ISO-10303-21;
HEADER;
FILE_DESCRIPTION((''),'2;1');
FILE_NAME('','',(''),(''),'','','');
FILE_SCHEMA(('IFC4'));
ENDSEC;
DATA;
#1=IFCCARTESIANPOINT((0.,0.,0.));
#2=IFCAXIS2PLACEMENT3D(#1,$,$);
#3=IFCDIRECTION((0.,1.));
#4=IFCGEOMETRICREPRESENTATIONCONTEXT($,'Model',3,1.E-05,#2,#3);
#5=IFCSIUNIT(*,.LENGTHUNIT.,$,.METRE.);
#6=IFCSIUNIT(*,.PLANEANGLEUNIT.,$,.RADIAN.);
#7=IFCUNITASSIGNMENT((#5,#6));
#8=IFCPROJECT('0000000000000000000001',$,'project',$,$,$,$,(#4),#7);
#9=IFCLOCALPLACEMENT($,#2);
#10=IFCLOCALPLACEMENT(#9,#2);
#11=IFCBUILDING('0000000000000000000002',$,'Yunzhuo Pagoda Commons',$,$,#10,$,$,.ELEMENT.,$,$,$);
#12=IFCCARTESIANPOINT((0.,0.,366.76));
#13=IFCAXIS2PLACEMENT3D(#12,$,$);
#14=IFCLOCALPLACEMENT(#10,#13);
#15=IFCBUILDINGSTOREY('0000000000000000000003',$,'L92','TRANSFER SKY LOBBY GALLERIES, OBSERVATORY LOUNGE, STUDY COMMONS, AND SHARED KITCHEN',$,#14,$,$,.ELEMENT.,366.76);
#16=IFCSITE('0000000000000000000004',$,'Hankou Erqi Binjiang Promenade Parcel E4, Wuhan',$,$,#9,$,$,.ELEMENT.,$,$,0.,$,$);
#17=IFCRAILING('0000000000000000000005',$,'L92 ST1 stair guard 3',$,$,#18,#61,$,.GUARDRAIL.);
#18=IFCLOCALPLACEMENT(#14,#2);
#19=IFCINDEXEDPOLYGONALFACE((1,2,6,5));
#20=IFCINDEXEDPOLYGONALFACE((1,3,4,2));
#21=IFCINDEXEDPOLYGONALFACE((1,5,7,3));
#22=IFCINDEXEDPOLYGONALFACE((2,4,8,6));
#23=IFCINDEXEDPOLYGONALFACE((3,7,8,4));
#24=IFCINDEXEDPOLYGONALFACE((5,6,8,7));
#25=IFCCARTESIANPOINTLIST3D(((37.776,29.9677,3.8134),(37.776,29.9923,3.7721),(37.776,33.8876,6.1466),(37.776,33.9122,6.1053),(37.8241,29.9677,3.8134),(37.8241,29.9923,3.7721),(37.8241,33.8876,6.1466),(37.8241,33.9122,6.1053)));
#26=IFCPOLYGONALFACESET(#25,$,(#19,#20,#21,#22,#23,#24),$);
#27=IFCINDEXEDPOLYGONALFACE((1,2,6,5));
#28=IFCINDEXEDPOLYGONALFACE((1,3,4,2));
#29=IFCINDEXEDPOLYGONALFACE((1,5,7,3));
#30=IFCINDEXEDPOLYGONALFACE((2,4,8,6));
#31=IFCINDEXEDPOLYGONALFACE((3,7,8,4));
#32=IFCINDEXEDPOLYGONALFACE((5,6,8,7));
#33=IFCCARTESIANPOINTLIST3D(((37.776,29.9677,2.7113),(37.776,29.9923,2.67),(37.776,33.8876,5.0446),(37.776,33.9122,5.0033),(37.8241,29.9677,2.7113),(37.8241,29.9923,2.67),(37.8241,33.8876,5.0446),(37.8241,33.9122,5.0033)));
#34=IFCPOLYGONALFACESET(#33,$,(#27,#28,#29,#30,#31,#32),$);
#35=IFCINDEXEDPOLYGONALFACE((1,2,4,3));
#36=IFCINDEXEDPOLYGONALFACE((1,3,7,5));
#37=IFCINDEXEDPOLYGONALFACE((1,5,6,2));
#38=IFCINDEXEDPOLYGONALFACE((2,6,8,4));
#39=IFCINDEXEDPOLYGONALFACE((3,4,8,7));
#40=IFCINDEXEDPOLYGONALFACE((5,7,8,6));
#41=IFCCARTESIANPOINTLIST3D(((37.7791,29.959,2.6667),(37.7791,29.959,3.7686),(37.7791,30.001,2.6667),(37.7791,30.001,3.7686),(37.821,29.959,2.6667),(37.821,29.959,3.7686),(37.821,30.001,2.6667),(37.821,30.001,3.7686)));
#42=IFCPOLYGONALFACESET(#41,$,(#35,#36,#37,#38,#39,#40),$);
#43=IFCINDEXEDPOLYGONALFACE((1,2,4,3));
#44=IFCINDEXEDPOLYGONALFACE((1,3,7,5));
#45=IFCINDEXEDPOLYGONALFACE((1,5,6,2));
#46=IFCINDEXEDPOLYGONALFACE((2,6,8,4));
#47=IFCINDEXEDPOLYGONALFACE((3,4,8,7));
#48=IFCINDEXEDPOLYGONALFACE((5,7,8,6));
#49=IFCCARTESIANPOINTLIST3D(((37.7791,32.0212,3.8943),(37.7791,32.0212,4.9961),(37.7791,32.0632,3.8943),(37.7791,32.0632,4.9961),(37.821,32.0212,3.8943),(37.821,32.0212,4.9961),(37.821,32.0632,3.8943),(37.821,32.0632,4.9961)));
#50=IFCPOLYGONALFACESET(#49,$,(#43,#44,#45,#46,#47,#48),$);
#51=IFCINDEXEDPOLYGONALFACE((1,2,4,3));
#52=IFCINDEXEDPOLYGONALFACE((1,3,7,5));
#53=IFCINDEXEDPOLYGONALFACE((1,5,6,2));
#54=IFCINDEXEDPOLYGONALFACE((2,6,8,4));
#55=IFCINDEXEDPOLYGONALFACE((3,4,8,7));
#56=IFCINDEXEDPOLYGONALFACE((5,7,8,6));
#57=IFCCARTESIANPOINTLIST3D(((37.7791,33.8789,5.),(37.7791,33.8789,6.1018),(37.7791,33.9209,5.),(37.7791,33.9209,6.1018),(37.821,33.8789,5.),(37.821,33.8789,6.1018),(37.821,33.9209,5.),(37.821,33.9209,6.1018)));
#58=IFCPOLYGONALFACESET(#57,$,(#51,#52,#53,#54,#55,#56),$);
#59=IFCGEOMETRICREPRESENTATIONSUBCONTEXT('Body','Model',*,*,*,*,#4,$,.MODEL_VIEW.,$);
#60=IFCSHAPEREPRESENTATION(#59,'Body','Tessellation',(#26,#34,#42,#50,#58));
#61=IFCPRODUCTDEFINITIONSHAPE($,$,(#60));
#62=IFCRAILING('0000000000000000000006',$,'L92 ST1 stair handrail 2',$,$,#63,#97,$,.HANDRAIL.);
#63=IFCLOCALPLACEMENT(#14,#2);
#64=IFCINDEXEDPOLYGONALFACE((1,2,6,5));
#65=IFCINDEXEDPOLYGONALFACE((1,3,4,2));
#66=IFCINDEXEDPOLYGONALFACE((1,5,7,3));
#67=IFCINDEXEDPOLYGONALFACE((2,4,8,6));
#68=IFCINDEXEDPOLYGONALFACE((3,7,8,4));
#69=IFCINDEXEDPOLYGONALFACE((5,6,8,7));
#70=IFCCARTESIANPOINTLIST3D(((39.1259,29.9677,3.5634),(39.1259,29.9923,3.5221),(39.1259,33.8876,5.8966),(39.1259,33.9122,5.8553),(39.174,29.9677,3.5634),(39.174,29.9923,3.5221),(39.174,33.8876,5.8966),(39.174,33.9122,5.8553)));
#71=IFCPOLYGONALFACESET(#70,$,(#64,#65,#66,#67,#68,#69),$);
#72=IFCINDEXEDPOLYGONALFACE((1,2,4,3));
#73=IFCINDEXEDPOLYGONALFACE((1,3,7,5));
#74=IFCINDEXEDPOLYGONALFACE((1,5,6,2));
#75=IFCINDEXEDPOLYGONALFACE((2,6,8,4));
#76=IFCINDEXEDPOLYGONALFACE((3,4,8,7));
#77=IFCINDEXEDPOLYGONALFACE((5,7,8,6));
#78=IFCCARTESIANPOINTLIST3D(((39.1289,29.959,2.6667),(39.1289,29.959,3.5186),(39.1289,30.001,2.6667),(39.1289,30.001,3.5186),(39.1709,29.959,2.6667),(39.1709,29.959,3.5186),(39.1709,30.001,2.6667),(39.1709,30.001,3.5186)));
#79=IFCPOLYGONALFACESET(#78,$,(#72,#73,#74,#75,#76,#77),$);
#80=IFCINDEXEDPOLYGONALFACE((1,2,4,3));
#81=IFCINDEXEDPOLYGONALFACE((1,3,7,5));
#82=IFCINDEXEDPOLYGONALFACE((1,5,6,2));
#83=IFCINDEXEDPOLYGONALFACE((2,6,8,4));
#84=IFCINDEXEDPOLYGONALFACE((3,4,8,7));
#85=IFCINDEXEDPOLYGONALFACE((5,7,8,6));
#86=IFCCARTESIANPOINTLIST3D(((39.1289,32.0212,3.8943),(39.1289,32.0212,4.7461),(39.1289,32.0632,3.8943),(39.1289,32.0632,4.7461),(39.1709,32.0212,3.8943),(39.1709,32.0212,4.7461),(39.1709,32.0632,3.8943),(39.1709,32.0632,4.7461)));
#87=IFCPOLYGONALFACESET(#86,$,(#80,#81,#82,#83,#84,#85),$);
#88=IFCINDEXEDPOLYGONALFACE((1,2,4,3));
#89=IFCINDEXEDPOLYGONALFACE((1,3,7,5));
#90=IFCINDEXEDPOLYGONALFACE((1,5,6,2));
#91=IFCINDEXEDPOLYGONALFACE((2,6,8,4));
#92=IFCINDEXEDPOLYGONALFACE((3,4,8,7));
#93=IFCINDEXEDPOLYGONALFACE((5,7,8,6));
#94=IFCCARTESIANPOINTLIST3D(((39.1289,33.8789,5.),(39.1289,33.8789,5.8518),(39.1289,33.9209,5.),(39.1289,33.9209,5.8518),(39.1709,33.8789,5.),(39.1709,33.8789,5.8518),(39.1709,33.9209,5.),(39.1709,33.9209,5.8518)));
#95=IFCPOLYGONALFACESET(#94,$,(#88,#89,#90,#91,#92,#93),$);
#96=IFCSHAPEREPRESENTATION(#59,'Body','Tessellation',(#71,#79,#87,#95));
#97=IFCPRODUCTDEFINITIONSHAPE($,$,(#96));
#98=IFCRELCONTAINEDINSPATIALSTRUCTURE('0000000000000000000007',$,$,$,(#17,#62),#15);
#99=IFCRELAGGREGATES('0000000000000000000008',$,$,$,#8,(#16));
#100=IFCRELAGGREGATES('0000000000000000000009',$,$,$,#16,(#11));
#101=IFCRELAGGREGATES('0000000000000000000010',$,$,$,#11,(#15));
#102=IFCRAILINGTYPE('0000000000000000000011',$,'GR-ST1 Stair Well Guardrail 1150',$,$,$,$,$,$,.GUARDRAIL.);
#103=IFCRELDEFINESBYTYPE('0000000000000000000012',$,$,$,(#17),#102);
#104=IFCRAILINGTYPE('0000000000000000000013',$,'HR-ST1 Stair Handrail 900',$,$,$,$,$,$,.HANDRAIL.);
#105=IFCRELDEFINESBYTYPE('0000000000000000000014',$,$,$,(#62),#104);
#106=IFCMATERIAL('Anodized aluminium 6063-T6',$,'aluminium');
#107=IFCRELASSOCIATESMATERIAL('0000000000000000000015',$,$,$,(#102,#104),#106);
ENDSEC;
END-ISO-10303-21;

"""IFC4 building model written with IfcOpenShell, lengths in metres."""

from ifc_helpers import new_model, si_unit, direction, frame, origin, origin_2d, place, context, subcontext, project, spatial, rectangle, extrude, material, type_object, element, save


model = new_model("IFC4")

# Units and contexts
model_context = context("Model", 3, precision=1e-05, world=origin(), true_north=direction((0.0, 1.0)))
body_context = subcontext(model_context, "Body", "Model", "MODEL_VIEW")
ifc_project = project(units=[si_unit("LENGTHUNIT", "METRE"), si_unit("PLANEANGLEUNIT", "RADIAN")], contexts=[model_context])

# Site, building, storey
site_placement = place(None, origin())
site = spatial("IfcSite", under=ifc_project, at=site_placement, Name="Hankou Erqi Binjiang Promenade Parcel E4, Wuhan", CompositionType="ELEMENT", RefElevation=0.0)
building_placement = place(site_placement, origin())
building = spatial("IfcBuilding", under=site, at=building_placement, Name="Yunzhuo Pagoda Commons", CompositionType="ELEMENT")
storey_placement = place(building_placement, frame((0.0, 0.0, 366.76)))
storey = spatial("IfcBuildingStorey", under=building, at=storey_placement, Name="L92", Description="TRANSFER SKY LOBBY GALLERIES, OBSERVATORY LOUNGE, STUDY COMMONS, AND SHARED KITCHEN", CompositionType="ELEMENT", Elevation=366.76)

# Shared definitions
ifc_material_1 = material(Name="Anodized aluminium 6063-T6", Category="aluminium")

# Railings
railing_type_1 = type_object("IfcRailingType", Name="GR-ST1 Stair Well Guardrail 1150", PredefinedType="GUARDRAIL", material=ifc_material_1)
railing_1_placement = place(storey_placement, frame((37.8, 29.98, 2.6667)))
element("IfcRailing", 1, at=railing_1_placement, inside=storey, type_object=railing_type_1, Name="L92 ST1 stair guard 3", PredefinedType="GUARDRAIL", context=body_context, shape_type="SweptSolid", body=[
    extrude(rectangle(XDim=0.0481, YDim=0.0481, at=origin_2d()), frame((0.0, 0.0, 1.126), z_axis=(0.0, 0.859296, 0.511478), x_axis=(-1.0, 0.0, 0.0)), (0.0, 0.0, 1.0), 4.5618),
    extrude(rectangle(XDim=0.0481, YDim=0.0481, at=origin_2d()), frame((0.0, 0.0, 0.0239), z_axis=(0.0, 0.859296, 0.511478), x_axis=(-1.0, 0.0, 0.0)), (0.0, 0.0, 1.0), 4.5618),
    extrude(rectangle(XDim=0.042, YDim=0.042, at=origin_2d()), origin(), (0.0, 0.0, 1.0), 1.1018),
    extrude(rectangle(XDim=0.042, YDim=0.042, at=origin_2d()), frame((0.0, 2.0623, 1.2275)), (0.0, 0.0, 1.0), 1.1018),
    extrude(rectangle(XDim=0.042, YDim=0.042, at=origin_2d()), frame((0.0, 3.9199, 2.3333)), (0.0, 0.0, 1.0), 1.1018),
])
railing_type_2 = type_object("IfcRailingType", Name="HR-ST1 Stair Handrail 900", PredefinedType="HANDRAIL", material=ifc_material_1)
railing_2_placement = place(storey_placement, frame((39.1499, 29.98, 2.6667)))
element("IfcRailing", 2, at=railing_2_placement, inside=storey, type_object=railing_type_2, Name="L92 ST1 stair handrail 2", PredefinedType="HANDRAIL", context=body_context, shape_type="SweptSolid", body=[
    extrude(rectangle(XDim=0.0481, YDim=0.0481, at=origin_2d()), frame((0.0, 0.0, 0.876), z_axis=(0.0, 0.859296, 0.511478), x_axis=(-1.0, 0.0, 0.0)), (0.0, 0.0, 1.0), 4.5618),
    extrude(rectangle(XDim=0.042, YDim=0.042, at=origin_2d()), origin(), (0.0, 0.0, 1.0), 0.8518),
    extrude(rectangle(XDim=0.042, YDim=0.042, at=origin_2d()), frame((0.0, 2.0623, 1.2275)), (0.0, 0.0, 1.0), 0.8518),
    extrude(rectangle(XDim=0.042, YDim=0.042, at=origin_2d()), frame((0.0, 3.9199, 2.3333)), (0.0, 0.0, 1.0), 0.8518),
])

save(model, "model.ifc")
